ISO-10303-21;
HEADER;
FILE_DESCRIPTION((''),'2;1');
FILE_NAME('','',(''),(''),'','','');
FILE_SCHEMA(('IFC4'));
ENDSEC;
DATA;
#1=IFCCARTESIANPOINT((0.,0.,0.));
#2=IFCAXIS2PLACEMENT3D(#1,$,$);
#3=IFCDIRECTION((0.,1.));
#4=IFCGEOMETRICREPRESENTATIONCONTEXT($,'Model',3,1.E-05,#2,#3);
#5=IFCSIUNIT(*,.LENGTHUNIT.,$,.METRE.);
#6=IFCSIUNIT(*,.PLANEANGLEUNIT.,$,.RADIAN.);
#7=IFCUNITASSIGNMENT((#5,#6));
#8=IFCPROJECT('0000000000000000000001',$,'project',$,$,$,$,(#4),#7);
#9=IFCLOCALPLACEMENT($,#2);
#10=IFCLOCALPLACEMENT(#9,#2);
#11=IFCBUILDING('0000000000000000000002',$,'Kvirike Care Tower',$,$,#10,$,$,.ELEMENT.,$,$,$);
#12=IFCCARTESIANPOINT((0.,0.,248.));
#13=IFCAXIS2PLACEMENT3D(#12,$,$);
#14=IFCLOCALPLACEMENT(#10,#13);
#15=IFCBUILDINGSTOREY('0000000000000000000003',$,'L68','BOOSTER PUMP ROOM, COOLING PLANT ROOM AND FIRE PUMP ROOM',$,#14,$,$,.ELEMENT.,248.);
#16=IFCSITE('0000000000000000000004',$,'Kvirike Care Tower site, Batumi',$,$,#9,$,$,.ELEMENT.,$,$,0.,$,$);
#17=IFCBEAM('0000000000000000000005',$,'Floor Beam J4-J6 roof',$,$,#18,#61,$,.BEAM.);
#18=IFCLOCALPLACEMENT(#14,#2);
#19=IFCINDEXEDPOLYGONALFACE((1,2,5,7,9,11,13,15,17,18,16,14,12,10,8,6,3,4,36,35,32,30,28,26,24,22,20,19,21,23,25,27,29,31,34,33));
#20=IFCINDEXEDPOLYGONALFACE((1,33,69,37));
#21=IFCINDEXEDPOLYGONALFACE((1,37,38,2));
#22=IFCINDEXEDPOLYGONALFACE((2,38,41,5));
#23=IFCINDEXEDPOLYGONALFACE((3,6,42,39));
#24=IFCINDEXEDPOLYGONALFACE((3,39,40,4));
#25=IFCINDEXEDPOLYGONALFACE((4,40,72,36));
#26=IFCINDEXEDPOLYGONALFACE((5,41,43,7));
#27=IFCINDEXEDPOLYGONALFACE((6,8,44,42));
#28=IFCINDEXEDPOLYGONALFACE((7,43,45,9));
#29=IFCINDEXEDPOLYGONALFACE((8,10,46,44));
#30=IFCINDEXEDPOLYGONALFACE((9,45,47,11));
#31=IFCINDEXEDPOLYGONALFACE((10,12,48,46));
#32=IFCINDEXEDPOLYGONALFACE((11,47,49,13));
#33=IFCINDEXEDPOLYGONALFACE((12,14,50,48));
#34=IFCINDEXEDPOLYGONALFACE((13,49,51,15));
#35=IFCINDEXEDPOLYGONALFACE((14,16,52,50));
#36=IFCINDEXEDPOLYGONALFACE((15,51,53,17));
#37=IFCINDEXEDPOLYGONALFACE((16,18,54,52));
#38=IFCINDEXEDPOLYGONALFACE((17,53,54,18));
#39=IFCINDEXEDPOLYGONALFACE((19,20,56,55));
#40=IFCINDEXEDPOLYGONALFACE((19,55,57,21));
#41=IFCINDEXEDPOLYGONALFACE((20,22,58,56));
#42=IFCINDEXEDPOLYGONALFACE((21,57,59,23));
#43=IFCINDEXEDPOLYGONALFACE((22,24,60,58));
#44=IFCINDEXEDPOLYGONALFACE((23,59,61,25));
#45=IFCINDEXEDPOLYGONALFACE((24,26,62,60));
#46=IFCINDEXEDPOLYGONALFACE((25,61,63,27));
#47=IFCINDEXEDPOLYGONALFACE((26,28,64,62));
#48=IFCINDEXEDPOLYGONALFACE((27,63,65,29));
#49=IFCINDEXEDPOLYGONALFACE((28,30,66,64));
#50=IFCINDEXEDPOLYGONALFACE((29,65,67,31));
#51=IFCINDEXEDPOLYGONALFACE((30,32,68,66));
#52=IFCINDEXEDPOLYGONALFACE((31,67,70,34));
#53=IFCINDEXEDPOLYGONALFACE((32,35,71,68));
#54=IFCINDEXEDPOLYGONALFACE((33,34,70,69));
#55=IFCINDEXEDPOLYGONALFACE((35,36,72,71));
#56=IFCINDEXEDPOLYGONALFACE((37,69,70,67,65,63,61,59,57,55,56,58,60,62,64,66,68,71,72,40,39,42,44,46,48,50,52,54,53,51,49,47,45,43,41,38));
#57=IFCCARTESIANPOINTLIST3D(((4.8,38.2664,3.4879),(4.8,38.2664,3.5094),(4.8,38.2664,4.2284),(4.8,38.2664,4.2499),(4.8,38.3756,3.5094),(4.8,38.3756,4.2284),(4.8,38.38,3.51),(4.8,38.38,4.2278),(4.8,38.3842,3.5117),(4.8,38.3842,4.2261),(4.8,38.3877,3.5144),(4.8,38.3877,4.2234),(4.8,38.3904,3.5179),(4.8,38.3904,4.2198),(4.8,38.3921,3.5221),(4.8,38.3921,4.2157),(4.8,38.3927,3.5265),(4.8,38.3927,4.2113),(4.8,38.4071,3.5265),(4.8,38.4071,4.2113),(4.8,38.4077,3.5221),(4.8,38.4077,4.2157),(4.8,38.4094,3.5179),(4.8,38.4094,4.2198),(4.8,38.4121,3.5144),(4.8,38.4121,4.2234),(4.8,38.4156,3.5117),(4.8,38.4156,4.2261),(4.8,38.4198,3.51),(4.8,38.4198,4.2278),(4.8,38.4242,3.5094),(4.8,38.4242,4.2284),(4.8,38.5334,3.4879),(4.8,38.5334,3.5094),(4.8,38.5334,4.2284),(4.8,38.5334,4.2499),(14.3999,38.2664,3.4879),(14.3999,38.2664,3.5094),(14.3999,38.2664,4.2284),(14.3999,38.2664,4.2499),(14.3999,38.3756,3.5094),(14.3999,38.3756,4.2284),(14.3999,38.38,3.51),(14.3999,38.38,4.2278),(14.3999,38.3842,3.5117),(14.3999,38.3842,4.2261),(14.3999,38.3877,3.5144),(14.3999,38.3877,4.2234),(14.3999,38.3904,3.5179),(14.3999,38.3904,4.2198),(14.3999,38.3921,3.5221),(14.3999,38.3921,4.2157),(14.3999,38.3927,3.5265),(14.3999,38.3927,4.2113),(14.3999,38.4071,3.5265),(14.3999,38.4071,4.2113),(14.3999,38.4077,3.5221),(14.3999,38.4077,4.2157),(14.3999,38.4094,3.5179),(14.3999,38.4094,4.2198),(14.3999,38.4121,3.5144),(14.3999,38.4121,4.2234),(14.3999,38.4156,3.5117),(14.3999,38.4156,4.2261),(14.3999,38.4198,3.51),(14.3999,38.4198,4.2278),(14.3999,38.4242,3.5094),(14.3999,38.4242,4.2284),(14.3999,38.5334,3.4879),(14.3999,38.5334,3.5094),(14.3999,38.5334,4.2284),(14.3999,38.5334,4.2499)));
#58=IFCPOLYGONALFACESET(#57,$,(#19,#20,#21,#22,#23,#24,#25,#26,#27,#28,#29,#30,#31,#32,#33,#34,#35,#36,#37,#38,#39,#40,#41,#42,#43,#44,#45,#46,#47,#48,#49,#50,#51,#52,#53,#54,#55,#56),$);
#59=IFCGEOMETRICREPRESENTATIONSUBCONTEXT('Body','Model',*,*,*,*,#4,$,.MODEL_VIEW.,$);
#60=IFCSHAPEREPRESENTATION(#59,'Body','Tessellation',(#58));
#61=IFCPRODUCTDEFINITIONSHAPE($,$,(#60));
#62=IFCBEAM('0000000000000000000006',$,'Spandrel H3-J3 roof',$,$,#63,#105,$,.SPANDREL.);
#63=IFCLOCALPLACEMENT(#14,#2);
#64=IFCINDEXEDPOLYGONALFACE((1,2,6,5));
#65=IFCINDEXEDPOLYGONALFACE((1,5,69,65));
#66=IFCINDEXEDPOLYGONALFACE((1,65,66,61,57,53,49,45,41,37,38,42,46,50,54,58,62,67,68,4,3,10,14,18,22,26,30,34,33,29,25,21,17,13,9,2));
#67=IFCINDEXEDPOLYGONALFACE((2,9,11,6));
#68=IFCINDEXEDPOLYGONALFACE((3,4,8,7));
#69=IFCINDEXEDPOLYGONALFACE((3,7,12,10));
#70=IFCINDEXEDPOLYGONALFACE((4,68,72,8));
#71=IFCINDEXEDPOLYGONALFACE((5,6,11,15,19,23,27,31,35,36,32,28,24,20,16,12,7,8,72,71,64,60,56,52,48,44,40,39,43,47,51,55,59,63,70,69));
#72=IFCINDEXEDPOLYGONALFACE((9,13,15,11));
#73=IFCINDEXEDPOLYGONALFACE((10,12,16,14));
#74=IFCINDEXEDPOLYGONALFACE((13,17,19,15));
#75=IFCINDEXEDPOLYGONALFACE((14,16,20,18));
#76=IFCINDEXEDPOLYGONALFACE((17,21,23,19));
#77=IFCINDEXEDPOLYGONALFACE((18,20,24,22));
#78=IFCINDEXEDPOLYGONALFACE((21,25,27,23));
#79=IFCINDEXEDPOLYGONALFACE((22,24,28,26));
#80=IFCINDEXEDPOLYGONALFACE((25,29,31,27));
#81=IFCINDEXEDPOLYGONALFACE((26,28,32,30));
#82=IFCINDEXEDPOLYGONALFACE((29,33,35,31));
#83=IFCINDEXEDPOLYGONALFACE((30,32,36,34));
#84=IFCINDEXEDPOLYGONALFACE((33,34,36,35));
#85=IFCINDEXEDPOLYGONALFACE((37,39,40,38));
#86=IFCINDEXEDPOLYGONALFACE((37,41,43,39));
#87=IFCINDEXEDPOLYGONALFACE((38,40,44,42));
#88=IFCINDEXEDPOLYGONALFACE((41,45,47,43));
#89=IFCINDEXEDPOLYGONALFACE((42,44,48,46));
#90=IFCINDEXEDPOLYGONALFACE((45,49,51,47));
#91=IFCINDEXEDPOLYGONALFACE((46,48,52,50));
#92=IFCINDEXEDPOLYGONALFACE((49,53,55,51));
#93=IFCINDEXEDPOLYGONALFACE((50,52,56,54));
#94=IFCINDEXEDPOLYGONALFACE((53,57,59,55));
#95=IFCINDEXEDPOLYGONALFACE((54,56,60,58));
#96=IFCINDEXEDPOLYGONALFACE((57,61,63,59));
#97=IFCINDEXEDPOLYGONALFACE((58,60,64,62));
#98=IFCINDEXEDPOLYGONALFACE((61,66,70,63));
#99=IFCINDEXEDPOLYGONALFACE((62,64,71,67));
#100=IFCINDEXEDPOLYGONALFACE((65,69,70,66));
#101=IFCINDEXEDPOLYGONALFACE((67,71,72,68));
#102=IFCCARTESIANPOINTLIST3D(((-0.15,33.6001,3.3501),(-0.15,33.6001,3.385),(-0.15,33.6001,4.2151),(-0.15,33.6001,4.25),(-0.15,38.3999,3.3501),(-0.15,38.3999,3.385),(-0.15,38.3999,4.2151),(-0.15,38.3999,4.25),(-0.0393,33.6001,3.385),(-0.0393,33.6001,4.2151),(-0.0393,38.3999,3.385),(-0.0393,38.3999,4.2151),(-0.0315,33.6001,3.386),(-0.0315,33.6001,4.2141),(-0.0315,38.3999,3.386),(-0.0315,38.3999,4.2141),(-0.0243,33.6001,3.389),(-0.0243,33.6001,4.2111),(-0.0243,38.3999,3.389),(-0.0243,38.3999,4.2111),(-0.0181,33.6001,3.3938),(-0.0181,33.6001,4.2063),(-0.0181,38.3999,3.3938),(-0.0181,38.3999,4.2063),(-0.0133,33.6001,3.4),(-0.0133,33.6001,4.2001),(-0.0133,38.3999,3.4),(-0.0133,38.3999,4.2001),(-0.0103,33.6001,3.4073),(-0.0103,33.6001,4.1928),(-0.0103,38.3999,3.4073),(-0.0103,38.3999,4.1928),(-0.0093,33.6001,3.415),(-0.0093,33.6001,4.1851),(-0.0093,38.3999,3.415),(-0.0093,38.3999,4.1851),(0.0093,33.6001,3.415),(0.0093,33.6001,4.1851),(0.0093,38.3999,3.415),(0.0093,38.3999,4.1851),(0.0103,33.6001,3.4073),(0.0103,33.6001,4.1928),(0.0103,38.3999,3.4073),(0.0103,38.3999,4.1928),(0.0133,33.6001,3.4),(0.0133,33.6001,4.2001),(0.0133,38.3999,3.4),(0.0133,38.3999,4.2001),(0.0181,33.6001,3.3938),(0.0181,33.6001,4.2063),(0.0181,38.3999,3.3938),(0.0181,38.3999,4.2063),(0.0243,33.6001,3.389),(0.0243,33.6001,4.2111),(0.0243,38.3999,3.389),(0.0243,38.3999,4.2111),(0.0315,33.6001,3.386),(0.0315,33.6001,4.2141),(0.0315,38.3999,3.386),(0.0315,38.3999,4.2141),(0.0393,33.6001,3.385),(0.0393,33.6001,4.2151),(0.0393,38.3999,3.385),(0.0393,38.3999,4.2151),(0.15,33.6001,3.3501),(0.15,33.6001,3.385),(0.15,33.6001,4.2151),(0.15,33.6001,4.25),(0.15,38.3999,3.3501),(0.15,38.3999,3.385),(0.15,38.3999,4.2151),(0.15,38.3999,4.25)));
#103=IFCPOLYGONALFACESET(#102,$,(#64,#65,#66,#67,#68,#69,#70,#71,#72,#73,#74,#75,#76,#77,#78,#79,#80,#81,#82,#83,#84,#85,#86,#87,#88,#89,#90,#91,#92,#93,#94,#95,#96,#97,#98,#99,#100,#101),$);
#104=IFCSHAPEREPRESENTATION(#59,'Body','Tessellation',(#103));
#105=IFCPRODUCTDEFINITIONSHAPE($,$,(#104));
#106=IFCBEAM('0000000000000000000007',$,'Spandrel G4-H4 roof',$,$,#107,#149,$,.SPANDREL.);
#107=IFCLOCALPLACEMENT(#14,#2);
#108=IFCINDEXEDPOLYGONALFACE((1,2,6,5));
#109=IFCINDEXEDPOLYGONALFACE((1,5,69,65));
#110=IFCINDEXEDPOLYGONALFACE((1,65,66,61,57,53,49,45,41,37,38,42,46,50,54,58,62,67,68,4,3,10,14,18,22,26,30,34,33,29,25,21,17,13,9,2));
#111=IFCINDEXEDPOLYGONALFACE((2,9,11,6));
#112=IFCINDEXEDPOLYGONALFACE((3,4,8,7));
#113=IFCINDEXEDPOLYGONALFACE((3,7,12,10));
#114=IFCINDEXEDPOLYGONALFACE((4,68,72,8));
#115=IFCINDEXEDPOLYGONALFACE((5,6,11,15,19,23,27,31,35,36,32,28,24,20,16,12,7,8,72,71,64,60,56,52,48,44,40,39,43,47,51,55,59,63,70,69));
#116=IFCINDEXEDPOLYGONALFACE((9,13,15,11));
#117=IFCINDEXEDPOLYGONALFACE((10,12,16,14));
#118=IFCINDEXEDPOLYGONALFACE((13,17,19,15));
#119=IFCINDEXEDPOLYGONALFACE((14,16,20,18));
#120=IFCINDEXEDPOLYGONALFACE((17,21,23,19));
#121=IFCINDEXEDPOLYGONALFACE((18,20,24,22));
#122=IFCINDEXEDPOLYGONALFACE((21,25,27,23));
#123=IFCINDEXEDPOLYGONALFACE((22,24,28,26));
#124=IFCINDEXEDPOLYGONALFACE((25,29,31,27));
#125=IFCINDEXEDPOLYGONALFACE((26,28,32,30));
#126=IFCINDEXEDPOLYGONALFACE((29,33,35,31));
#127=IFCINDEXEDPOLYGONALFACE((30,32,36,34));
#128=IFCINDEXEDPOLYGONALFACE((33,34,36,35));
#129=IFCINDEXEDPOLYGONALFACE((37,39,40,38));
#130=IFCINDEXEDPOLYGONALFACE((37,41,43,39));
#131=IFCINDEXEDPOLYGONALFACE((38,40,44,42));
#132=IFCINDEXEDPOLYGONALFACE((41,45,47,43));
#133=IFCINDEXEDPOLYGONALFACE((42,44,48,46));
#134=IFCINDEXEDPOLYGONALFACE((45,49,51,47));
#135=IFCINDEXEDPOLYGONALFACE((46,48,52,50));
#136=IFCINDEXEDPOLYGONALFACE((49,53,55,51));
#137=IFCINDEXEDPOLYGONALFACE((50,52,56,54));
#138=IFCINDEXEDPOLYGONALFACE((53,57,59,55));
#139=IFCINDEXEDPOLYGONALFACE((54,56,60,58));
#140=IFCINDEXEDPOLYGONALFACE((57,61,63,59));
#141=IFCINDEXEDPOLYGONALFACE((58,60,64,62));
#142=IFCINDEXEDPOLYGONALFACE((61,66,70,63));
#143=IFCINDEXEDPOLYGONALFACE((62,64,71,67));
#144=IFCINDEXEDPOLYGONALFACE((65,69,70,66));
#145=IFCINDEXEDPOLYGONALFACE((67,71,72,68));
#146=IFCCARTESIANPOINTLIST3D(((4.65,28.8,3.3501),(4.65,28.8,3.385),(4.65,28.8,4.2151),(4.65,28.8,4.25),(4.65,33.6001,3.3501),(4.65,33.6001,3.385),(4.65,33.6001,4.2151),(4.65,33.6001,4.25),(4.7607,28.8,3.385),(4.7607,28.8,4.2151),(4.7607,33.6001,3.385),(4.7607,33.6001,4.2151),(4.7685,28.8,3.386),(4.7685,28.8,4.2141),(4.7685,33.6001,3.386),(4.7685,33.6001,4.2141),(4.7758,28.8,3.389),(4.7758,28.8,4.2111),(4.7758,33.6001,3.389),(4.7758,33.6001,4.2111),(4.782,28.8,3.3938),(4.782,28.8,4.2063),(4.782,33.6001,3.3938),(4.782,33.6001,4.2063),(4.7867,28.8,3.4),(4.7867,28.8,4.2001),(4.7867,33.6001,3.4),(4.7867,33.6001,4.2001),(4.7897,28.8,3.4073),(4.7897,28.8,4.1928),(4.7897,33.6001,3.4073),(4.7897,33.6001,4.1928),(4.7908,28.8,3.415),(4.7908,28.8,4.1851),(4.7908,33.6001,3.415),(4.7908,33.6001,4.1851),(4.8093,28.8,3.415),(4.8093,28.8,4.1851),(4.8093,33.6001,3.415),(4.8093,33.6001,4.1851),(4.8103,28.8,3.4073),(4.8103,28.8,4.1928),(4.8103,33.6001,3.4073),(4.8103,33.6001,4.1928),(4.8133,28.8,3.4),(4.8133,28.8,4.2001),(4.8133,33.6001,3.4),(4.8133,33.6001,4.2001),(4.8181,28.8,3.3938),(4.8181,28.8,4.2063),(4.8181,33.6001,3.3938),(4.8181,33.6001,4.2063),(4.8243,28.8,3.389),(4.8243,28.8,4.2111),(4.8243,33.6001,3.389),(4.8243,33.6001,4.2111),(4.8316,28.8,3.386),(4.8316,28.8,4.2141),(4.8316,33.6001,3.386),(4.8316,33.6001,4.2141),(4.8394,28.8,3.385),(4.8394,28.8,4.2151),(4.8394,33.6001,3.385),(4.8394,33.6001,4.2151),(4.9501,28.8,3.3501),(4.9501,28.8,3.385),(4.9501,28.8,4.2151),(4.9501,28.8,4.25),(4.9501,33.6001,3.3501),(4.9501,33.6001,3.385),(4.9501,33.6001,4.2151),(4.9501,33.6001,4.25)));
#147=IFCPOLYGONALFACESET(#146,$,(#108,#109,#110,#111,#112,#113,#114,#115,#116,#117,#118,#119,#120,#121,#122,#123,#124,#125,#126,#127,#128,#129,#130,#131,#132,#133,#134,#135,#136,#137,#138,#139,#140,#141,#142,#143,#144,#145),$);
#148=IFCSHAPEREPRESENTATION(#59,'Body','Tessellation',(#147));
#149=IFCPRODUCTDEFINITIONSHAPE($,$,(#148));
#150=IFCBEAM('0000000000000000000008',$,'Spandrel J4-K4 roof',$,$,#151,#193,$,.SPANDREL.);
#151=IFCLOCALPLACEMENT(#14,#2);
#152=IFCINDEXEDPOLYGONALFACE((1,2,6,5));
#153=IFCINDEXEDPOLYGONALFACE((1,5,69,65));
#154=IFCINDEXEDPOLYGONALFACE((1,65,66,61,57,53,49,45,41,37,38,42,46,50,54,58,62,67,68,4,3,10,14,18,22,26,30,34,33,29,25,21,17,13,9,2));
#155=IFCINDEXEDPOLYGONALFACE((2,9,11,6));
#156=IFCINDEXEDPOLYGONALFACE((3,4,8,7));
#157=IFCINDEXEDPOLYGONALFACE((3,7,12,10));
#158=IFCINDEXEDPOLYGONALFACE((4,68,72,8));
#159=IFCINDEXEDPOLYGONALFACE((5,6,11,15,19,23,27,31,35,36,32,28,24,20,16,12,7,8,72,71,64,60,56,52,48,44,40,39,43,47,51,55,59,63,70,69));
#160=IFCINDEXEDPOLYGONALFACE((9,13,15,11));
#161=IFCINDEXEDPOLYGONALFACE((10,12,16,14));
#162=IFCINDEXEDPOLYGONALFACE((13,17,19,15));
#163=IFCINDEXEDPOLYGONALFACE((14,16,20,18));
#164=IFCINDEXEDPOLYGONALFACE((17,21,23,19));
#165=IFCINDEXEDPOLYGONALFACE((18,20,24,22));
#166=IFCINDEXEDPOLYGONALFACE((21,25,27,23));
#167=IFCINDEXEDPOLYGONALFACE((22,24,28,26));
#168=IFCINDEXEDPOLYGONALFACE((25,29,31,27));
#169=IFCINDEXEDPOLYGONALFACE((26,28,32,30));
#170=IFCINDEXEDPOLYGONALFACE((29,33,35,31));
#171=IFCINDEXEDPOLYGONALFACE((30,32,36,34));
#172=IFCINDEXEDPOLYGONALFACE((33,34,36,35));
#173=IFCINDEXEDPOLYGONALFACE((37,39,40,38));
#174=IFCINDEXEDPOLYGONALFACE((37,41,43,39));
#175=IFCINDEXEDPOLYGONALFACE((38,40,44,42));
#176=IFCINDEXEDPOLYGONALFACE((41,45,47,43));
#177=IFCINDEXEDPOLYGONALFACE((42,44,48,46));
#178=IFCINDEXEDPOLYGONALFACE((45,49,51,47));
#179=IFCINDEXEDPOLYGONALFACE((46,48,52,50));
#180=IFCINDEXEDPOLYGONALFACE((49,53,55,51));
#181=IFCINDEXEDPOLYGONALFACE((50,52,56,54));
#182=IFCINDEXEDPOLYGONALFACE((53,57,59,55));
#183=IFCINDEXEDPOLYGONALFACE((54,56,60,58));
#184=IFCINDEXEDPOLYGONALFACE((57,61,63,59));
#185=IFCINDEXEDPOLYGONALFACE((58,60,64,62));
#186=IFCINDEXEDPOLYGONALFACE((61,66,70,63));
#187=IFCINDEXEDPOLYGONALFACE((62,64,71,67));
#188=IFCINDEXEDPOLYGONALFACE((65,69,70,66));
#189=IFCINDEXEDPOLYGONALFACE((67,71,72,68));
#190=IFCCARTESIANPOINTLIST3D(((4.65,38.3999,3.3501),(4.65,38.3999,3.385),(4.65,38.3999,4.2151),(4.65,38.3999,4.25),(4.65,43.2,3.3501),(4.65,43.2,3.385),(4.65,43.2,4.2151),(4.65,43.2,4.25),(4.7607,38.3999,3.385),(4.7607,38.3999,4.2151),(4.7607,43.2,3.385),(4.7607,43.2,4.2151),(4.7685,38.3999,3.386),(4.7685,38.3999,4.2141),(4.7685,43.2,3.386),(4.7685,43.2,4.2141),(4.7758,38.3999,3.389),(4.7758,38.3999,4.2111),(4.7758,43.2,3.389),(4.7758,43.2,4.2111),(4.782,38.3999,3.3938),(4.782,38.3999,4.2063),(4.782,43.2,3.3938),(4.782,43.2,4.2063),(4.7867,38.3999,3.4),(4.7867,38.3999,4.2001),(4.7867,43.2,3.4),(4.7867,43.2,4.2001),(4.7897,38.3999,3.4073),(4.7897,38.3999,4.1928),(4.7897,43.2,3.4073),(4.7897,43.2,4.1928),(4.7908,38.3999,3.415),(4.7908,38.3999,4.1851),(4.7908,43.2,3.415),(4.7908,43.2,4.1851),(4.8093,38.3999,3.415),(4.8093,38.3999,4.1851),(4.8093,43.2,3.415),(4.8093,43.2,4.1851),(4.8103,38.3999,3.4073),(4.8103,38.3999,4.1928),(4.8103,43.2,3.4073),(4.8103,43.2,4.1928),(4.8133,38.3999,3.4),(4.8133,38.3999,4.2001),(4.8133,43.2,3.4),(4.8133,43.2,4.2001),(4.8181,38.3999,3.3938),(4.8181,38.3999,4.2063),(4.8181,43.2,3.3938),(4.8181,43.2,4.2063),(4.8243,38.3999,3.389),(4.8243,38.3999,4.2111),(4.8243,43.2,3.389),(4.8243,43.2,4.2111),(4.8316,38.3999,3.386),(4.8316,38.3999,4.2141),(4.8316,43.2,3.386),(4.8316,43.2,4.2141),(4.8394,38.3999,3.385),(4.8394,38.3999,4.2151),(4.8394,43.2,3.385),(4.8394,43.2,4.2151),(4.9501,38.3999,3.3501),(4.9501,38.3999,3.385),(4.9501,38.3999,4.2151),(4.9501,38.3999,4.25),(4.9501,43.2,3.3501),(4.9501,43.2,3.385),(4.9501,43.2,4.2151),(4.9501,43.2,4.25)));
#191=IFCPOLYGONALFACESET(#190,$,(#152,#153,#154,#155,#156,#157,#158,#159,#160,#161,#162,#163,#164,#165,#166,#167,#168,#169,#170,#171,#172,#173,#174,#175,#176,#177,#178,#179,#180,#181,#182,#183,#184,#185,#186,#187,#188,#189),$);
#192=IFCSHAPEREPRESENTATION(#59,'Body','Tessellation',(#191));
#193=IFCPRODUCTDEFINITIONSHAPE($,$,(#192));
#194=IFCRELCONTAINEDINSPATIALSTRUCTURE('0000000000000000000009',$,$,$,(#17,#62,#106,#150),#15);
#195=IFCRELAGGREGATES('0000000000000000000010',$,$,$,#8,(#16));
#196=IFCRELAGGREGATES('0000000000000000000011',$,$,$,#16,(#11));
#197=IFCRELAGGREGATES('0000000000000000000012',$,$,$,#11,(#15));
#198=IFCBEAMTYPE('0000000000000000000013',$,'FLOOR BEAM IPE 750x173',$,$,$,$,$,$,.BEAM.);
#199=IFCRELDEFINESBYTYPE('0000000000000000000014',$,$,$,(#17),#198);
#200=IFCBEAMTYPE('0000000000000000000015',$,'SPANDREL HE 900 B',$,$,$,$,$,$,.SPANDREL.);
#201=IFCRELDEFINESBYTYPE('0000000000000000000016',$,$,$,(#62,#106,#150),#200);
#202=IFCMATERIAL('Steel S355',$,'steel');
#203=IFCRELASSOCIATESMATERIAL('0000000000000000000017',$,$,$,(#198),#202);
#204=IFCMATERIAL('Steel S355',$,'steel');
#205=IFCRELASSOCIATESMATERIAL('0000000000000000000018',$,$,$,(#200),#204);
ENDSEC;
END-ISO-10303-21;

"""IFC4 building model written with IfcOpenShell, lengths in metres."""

from ifc_helpers import new_model, si_unit, direction, frame, origin, origin_2d, place, context, subcontext, project, spatial, i_section, extrude, material, material_profile, profile_set, type_object, element, save


model = new_model("IFC4")

# Units and contexts
model_context = context("Model", 3, precision=1e-05, world=origin(), true_north=direction((0.0, 1.0)))
body_context = subcontext(model_context, "Body", "Model", "MODEL_VIEW")
ifc_project = project(units=[si_unit("LENGTHUNIT", "METRE"), si_unit("PLANEANGLEUNIT", "RADIAN")], contexts=[model_context])

# Site, building, storey
site_placement = place(None, origin())
site = spatial("IfcSite", under=ifc_project, at=site_placement, Name="Kvirike Care Tower site, Batumi", CompositionType="ELEMENT", RefElevation=0.0)
building_placement = place(site_placement, origin())
building = spatial("IfcBuilding", under=site, at=building_placement, Name="Kvirike Care Tower", CompositionType="ELEMENT")
storey_placement = place(building_placement, frame((0.0, 0.0, 248.0)))
storey = spatial("IfcBuildingStorey", under=building, at=storey_placement, Name="L68", Description="BOOSTER PUMP ROOM, COOLING PLANT ROOM AND FIRE PUMP ROOM", CompositionType="ELEMENT", Elevation=248.0)

# Beams
ifc_material_1 = material(Name="Steel S355", Category="steel")
ifc_material_profile_1 = material_profile(ifc_material_1, i_section(OverallWidth=0.2671, OverallDepth=0.762, WebThickness=0.0144, FlangeThickness=0.0215, FilletRadius=0.0171, at=origin_2d()), Name="IPE 750x173")
ifc_profile_set_1 = profile_set([ifc_material_profile_1], Name="Steel S355")
beam_type_1 = type_object("IfcBeamType", Name="FLOOR BEAM IPE 750x173", PredefinedType="BEAM", material=ifc_profile_set_1)
for number, where, z_axis, x_axis, name in (
    (1, (4.8, 38.3999, 3.8689), (1.0, 0.0, 0.0), (0.0, 1.0, 0.0), "Floor Beam J4-J6 roof"),
):
    element("IfcBeam", number, at=place(storey_placement, frame(where, z_axis=z_axis, x_axis=x_axis)), inside=storey, type_object=beam_type_1, Name=name, PredefinedType="BEAM", context=body_context, shape_type="SweptSolid", body=[
        extrude(i_section(OverallWidth=0.2671, OverallDepth=0.762, WebThickness=0.0144, FlangeThickness=0.0215, FilletRadius=0.0171, at=origin_2d()), origin(), (0.0, 0.0, 1.0), 9.5999),
    ])
ifc_material_2 = material(Name="Steel S355", Category="steel")
ifc_material_profile_2 = material_profile(ifc_material_2, i_section(OverallWidth=0.3, OverallDepth=0.8999, WebThickness=0.0186, FlangeThickness=0.0349, FilletRadius=0.03, at=origin_2d()), Name="HE 900 B")
ifc_profile_set_2 = profile_set([ifc_material_profile_2], Name="Steel S355")
beam_type_2 = type_object("IfcBeamType", Name="SPANDREL HE 900 B", PredefinedType="SPANDREL", material=ifc_profile_set_2)
beam_1_placement = place(storey_placement, frame((0.0, 33.6001, 3.8), z_axis=(0.0, 1.0, 0.0), x_axis=(-1.0, 0.0, 0.0)))
element("IfcBeam", 2, at=beam_1_placement, inside=storey, type_object=beam_type_2, Name="Spandrel H3-J3 roof", PredefinedType="SPANDREL", context=body_context, shape_type="SweptSolid", body=[
    extrude(i_section(OverallWidth=0.3, OverallDepth=0.8999, WebThickness=0.0186, FlangeThickness=0.0349, FilletRadius=0.03, at=origin_2d()), origin(), (0.0, 0.0, 1.0), 4.7998),
])
for number, where, z_axis, x_axis, name in (
    (3, (4.8, 28.8, 3.8), (0.0, 1.0, 0.0), (-1.0, 0.0, 0.0), "Spandrel G4-H4 roof"),
    (4, (4.8, 38.3999, 3.8), (0.0, 1.0, 0.0), (-1.0, 0.0, 0.0), "Spandrel J4-K4 roof"),
):
    element("IfcBeam", number, at=place(storey_placement, frame(where, z_axis=z_axis, x_axis=x_axis)), inside=storey, type_object=beam_type_2, Name=name, PredefinedType="SPANDREL", context=body_context, shape_type="SweptSolid", body=[
        extrude(i_section(OverallWidth=0.3, OverallDepth=0.8999, WebThickness=0.0186, FlangeThickness=0.0349, FilletRadius=0.03, at=origin_2d()), origin(), (0.0, 0.0, 1.0), 4.8),
    ])

save(model, "model.ifc")
